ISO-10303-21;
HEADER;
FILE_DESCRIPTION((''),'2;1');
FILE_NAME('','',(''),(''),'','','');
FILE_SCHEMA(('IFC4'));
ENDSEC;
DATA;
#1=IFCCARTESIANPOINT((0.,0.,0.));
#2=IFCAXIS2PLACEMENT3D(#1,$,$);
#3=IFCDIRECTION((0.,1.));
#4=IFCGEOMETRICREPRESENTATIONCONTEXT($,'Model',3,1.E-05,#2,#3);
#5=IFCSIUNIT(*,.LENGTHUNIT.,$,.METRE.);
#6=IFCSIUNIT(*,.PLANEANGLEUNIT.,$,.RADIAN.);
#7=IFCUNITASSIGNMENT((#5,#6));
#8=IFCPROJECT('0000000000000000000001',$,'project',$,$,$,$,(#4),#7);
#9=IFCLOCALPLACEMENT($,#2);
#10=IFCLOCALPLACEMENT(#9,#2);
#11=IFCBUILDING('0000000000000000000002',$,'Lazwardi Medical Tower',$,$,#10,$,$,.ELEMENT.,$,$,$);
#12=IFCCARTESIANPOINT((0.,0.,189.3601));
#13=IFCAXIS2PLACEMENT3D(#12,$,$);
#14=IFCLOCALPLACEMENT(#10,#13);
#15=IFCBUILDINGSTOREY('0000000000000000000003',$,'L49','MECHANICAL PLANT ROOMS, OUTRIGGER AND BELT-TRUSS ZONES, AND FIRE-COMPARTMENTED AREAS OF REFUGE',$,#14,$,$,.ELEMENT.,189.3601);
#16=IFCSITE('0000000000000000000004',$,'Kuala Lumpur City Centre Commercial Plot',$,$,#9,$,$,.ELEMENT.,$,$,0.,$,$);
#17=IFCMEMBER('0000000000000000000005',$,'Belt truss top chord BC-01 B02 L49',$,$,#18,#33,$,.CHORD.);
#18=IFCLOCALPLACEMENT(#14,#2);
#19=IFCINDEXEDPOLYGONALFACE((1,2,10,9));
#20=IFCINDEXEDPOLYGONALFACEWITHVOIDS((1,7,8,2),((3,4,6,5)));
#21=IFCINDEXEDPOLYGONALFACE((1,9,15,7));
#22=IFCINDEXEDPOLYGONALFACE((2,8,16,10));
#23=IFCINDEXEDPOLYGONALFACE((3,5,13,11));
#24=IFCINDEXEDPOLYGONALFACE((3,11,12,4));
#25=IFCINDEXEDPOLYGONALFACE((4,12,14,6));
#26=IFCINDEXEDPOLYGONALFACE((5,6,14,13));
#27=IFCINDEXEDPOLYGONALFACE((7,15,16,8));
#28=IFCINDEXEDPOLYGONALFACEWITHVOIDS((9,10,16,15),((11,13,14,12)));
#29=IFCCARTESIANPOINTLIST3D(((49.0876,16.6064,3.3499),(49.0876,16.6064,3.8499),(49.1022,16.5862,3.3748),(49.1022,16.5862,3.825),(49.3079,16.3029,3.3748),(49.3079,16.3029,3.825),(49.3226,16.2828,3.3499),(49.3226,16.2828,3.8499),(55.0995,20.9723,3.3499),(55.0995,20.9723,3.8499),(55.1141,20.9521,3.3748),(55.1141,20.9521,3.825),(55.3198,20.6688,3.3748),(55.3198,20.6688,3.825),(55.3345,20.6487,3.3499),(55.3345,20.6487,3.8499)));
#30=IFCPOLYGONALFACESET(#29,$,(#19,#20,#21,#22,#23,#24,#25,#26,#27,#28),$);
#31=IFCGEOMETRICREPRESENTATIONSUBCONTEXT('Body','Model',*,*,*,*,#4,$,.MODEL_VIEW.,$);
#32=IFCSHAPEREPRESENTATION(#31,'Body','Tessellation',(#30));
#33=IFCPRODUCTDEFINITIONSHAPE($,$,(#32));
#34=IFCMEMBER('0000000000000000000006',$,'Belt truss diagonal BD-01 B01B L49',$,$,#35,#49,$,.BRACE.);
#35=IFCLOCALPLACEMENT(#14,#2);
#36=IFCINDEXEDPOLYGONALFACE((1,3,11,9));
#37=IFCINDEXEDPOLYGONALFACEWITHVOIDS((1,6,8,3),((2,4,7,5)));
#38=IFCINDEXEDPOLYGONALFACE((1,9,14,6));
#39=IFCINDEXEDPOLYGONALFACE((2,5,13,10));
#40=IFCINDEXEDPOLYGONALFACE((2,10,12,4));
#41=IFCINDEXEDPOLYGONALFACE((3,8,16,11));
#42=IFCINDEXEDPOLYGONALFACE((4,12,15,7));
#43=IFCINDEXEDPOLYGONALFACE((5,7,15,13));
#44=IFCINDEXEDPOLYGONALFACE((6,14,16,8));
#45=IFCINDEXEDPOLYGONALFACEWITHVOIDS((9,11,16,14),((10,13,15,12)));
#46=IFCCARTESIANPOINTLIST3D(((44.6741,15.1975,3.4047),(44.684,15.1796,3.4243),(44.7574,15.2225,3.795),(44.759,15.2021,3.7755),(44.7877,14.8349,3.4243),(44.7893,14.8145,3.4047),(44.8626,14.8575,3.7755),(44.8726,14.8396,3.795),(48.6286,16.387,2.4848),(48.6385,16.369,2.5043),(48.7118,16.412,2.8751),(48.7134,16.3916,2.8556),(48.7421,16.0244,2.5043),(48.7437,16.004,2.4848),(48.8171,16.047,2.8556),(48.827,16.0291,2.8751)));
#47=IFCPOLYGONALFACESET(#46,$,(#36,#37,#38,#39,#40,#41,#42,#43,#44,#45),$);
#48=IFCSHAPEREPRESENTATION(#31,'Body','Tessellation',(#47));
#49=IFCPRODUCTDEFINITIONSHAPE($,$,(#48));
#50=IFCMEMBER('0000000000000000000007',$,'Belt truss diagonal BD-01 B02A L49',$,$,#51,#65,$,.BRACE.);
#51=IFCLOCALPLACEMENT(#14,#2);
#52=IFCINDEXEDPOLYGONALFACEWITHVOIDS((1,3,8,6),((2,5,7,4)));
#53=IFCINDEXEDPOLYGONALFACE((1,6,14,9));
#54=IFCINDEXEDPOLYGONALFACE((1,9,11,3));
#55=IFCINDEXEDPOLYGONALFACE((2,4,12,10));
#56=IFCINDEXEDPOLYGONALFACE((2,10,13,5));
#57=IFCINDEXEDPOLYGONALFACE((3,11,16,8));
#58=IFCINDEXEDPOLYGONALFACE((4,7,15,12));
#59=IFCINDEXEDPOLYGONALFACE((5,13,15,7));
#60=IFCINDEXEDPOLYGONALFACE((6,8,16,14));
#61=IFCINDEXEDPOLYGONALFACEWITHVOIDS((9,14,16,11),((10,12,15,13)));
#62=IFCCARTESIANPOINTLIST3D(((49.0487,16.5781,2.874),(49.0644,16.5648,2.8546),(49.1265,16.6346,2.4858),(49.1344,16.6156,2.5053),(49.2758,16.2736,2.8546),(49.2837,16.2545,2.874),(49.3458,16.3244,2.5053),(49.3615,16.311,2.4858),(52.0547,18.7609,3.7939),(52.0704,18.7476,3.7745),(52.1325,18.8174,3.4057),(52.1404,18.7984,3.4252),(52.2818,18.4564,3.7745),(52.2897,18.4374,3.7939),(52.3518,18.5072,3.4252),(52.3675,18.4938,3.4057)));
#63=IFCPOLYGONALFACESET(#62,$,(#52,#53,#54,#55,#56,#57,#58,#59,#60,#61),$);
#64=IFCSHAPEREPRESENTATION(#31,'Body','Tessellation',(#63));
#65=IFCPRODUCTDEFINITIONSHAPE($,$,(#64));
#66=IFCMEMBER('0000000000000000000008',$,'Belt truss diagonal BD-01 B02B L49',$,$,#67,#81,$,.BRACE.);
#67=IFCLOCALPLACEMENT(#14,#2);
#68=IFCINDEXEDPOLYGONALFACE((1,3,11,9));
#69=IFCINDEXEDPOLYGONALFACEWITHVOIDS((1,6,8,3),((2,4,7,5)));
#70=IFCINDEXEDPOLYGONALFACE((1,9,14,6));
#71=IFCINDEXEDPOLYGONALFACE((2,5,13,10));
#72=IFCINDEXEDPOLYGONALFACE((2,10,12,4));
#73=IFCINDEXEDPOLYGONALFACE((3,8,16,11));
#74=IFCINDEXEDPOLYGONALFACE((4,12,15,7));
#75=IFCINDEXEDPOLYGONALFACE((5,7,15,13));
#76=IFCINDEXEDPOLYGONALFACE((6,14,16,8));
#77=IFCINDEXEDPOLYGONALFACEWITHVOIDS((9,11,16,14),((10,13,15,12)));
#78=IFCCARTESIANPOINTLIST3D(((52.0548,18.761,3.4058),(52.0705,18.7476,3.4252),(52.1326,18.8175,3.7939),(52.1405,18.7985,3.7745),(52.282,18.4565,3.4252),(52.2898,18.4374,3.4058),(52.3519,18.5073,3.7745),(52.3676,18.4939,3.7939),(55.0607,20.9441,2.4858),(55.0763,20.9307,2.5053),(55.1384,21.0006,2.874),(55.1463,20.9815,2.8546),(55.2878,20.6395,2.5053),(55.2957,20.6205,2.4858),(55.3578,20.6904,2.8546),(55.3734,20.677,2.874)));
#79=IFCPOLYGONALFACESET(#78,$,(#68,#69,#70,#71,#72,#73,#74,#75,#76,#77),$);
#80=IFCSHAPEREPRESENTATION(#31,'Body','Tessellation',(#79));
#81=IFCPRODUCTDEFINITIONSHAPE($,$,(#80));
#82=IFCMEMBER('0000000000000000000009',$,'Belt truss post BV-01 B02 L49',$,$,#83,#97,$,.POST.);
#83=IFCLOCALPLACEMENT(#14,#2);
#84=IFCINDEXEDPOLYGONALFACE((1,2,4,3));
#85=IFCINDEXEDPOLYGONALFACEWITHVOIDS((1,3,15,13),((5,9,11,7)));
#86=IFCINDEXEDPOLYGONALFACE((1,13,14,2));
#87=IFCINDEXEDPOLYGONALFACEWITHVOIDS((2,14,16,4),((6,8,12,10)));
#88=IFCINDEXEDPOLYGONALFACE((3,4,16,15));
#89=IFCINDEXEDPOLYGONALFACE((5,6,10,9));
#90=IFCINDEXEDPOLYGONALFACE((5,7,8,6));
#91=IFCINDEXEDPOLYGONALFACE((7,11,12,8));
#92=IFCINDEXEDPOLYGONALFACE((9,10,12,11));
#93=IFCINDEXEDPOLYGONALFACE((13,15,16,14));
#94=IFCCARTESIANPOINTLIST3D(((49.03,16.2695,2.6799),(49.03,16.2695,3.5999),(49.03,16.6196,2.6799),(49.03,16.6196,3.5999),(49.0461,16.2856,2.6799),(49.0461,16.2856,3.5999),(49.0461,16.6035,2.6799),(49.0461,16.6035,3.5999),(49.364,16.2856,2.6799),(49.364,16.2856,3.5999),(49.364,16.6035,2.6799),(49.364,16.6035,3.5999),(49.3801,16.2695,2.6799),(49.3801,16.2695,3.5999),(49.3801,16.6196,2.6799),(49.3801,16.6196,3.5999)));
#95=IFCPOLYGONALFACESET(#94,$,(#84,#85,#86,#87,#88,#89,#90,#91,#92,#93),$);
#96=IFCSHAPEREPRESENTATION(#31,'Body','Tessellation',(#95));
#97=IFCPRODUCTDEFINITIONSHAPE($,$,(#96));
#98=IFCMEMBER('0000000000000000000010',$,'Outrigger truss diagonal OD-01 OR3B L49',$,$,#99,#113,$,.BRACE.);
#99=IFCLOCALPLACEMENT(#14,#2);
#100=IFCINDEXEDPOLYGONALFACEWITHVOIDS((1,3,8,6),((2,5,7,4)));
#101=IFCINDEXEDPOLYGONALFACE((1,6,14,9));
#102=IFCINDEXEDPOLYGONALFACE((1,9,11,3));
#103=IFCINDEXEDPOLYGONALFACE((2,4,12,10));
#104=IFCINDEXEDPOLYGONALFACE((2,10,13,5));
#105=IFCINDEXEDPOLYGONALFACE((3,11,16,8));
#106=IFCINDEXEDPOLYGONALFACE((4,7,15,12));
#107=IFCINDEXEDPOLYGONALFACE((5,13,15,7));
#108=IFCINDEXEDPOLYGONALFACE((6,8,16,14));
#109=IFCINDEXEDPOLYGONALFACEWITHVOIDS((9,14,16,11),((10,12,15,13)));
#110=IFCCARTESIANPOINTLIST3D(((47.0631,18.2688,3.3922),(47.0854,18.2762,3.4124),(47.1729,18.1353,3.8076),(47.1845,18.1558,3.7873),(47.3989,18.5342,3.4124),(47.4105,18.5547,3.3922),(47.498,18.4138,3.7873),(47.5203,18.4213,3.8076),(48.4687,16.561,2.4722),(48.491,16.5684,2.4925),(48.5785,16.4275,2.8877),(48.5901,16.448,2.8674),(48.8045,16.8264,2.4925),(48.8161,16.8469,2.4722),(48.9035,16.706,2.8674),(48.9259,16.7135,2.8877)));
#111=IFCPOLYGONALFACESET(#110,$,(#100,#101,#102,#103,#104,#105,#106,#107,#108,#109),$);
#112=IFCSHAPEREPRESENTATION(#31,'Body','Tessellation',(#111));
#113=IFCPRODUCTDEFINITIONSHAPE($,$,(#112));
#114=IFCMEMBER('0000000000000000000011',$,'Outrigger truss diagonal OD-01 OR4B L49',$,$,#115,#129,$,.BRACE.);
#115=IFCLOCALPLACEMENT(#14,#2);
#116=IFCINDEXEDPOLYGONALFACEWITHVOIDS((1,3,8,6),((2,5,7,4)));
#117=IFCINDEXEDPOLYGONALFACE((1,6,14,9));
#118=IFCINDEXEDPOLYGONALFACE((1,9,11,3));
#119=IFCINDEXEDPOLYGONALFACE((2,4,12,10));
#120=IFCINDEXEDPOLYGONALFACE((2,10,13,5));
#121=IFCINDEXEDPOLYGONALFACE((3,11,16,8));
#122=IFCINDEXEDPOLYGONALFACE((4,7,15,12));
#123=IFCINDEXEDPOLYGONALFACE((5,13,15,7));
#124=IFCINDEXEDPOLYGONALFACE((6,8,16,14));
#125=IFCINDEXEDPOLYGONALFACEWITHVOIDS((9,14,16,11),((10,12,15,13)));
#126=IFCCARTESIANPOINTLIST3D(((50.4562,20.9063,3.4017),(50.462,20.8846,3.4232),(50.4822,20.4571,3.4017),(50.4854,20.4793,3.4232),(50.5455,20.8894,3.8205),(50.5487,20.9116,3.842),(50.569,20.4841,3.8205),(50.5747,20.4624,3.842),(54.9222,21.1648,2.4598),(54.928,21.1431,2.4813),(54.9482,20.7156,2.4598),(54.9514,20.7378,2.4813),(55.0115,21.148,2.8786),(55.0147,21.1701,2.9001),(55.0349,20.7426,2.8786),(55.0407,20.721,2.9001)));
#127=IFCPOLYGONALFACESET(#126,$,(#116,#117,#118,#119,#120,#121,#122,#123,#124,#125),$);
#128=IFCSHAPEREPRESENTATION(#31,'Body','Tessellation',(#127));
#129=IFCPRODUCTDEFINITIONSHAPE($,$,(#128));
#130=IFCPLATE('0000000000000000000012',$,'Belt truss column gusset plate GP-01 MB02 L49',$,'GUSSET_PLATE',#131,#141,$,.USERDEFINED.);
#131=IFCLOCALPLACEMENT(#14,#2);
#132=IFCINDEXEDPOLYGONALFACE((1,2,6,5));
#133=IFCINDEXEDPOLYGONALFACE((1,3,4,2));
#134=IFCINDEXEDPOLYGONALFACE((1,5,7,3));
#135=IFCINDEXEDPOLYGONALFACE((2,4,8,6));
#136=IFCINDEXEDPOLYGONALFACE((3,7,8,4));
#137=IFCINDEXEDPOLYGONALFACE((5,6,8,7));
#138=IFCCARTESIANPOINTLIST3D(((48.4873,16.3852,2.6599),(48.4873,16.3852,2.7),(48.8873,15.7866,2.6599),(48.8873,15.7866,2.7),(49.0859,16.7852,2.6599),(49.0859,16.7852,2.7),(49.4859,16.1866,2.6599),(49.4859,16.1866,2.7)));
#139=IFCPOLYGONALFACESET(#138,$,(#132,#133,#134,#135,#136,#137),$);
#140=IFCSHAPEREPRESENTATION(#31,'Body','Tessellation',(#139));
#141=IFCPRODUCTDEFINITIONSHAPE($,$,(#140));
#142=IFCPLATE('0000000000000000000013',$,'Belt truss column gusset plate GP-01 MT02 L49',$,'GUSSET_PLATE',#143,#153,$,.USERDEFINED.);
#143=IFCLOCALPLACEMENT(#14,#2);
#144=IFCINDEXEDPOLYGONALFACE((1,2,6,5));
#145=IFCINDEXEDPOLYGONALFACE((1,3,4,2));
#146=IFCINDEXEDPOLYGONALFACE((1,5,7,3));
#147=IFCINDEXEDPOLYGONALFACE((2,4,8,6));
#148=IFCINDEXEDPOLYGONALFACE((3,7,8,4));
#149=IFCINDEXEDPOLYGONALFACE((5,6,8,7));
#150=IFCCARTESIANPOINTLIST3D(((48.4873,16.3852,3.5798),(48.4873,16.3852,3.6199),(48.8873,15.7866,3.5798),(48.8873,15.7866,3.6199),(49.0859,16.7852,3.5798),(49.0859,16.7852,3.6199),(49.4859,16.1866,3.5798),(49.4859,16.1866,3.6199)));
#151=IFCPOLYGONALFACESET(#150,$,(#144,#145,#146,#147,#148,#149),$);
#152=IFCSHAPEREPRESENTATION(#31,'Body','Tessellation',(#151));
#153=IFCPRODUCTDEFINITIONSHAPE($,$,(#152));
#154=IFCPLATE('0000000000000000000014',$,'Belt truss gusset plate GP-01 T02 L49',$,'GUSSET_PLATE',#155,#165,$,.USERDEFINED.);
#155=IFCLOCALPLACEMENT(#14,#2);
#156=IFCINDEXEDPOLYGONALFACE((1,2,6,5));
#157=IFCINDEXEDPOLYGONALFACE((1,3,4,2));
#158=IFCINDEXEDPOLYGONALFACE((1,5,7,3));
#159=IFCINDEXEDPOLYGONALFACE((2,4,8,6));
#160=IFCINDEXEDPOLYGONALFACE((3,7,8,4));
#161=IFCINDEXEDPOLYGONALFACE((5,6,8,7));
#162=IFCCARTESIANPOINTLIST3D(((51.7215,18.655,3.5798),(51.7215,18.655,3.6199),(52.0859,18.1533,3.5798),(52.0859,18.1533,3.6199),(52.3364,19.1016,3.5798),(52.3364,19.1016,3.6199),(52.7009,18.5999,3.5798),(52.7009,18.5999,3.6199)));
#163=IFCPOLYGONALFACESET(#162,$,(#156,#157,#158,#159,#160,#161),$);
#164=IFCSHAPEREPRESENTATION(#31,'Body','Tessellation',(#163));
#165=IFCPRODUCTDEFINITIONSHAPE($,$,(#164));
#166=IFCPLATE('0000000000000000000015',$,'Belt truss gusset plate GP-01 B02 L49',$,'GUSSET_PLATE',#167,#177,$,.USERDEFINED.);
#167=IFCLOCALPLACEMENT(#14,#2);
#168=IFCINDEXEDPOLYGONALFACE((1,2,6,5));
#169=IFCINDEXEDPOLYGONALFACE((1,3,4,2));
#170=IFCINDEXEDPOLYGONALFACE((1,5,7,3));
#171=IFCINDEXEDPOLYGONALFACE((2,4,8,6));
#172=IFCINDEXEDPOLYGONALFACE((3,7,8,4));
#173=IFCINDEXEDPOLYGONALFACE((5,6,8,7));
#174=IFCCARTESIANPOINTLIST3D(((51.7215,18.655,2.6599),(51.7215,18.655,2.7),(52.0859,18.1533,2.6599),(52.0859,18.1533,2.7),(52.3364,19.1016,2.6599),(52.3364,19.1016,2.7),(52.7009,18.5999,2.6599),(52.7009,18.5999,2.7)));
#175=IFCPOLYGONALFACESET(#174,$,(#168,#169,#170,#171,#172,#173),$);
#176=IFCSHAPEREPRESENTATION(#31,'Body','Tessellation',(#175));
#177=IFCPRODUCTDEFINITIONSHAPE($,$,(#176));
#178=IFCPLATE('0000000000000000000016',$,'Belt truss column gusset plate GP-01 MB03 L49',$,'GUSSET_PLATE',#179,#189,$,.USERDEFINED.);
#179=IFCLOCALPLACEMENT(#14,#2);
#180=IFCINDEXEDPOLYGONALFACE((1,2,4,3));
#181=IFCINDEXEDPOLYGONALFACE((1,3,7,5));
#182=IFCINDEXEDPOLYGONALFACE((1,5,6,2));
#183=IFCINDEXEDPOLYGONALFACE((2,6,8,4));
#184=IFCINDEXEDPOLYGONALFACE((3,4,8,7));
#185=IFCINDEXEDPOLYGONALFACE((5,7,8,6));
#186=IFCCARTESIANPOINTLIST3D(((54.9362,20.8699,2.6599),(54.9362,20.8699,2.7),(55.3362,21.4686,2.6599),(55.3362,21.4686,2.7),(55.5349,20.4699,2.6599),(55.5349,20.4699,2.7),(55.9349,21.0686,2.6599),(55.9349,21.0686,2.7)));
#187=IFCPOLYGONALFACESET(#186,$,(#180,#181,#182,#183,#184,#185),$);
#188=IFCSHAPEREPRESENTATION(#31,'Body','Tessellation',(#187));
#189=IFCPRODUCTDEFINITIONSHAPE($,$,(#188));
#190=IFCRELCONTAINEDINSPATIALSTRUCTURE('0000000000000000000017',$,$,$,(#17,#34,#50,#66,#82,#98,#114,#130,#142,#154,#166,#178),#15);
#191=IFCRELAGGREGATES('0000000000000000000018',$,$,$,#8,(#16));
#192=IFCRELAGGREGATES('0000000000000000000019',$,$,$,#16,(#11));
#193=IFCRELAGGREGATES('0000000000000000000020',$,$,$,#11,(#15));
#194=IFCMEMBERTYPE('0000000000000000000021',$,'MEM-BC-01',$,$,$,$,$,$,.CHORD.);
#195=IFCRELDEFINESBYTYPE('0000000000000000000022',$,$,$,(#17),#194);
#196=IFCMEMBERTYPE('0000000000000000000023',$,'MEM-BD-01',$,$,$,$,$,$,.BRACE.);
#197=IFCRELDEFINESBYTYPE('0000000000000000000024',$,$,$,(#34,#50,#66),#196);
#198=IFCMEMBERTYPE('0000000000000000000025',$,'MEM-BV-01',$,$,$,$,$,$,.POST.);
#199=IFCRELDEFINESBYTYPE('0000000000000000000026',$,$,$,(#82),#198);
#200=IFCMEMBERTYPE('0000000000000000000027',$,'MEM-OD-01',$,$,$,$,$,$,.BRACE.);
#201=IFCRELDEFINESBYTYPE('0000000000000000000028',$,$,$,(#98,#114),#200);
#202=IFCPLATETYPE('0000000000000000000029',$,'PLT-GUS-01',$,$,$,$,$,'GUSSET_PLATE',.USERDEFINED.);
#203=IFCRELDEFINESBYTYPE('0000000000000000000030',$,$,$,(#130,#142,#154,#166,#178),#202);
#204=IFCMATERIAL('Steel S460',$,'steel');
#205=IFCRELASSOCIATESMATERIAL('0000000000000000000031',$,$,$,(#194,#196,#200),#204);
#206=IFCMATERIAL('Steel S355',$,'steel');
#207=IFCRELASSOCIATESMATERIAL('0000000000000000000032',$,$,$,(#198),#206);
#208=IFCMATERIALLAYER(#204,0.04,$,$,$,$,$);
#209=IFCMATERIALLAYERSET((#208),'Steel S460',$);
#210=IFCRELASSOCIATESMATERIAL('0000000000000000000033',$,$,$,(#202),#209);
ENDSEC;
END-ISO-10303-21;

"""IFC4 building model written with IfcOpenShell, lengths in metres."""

from ifc_helpers import new_model, si_unit, direction, frame, origin, origin_2d, place, context, subcontext, project, spatial, rectangle, hollow_rectangle, extrude, material, layer, layer_set, material_profile, profile_set, type_object, element, save


model = new_model("IFC4")

# Units and contexts
model_context = context("Model", 3, precision=1e-05, world=origin(), true_north=direction((0.0, 1.0)))
body_context = subcontext(model_context, "Body", "Model", "MODEL_VIEW")
ifc_project = project(units=[si_unit("LENGTHUNIT", "METRE"), si_unit("PLANEANGLEUNIT", "RADIAN")], contexts=[model_context])

# Site, building, storey
site_placement = place(None, origin())
site = spatial("IfcSite", under=ifc_project, at=site_placement, Name="Kuala Lumpur City Centre Commercial Plot", CompositionType="ELEMENT", RefElevation=0.0)
building_placement = place(site_placement, origin())
building = spatial("IfcBuilding", under=site, at=building_placement, Name="Lazwardi Medical Tower", CompositionType="ELEMENT")
storey_placement = place(building_placement, frame((0.0, 0.0, 189.3601)))
storey = spatial("IfcBuildingStorey", under=building, at=storey_placement, Name="L49", Description="MECHANICAL PLANT ROOMS, OUTRIGGER AND BELT-TRUSS ZONES, AND FIRE-COMPARTMENTED AREAS OF REFUGE", CompositionType="ELEMENT", Elevation=189.3601)

# Shared definitions
ifc_material_1 = material(Name="Steel S355", Category="steel")
ifc_material_2 = material(Name="Steel S460", Category="steel")

# Members
ifc_material_profile_1 = material_profile(ifc_material_2, hollow_rectangle(XDim=0.3999, YDim=0.5, WallThickness=0.0249, at=origin_2d()), Name="RHS 500x400x25")
ifc_profile_set_1 = profile_set([ifc_material_profile_1], Name="Steel S460")
member_type_1 = type_object("IfcMemberType", Name="MEM-BC-01", PredefinedType="CHORD", material=ifc_profile_set_1)
for number, where, z_axis, x_axis, name in (
    (1, (49.2051, 16.4446, 3.5999), (0.809144, 0.587611, 0.0), (-0.587611, 0.809144, 0.0), "Belt truss top chord BC-01 B02 L49"),
):
    element("IfcMember", number, at=place(storey_placement, frame(where, z_axis=z_axis, x_axis=x_axis)), inside=storey, type_object=member_type_1, Name=name, PredefinedType="CHORD", context=body_context, shape_type="SweptSolid", body=[
        extrude(hollow_rectangle(XDim=0.3999, YDim=0.5, WallThickness=0.0249, at=origin_2d()), origin(), (0.0, 0.0, 1.0), 7.4299),
    ])
ifc_material_profile_2 = material_profile(ifc_material_2, hollow_rectangle(XDim=0.3999, YDim=0.3999, WallThickness=0.02, at=origin_2d()), Name="RHS 400x400x20")
ifc_profile_set_2 = profile_set([ifc_material_profile_2], Name="Steel S460")
member_type_2 = type_object("IfcMemberType", Name="MEM-BD-01", PredefinedType="BRACE", material=ifc_profile_set_2)
member_1_placement = place(storey_placement, frame((48.7278, 16.208, 2.6799), z_axis=(-0.934703, -0.281155, 0.217445), x_axis=(0.288048, -0.957616, 0.0)))
element("IfcMember", 2, at=member_1_placement, inside=storey, type_object=member_type_2, Name="Belt truss diagonal BD-01 B01B L49", PredefinedType="BRACE", context=body_context, shape_type="SweptSolid", body=[
    extrude(hollow_rectangle(XDim=0.3999, YDim=0.3999, WallThickness=0.02, at=origin_2d()), origin(), (0.0, 0.0, 1.0), 4.2307),
])
for number, where, z_axis, x_axis, name in (
    (3, (49.2051, 16.4446, 2.6799), (0.785449, 0.570348, 0.240361), (-0.587574, 0.809171, 0.0), "Belt truss diagonal BD-01 B02A L49"),
    (4, (55.217, 20.8105, 2.6799), (-0.785396, -0.57042, 0.240365), (0.587648, -0.809117, 0.0), "Belt truss diagonal BD-01 B02B L49"),
):
    element("IfcMember", number, at=place(storey_placement, frame(where, z_axis=z_axis, x_axis=x_axis)), inside=storey, type_object=member_type_2, Name=name, PredefinedType="BRACE", context=body_context, shape_type="SweptSolid", body=[
        extrude(hollow_rectangle(XDim=0.3999, YDim=0.3999, WallThickness=0.02, at=origin_2d()), origin(), (0.0, 0.0, 1.0), 3.8271),
    ])
ifc_material_profile_3 = material_profile(ifc_material_1, hollow_rectangle(XDim=0.3501, YDim=0.3501, WallThickness=0.0161, at=origin_2d()), Name="RHS 350x350x16")
ifc_profile_set_3 = profile_set([ifc_material_profile_3], Name="Steel S355")
member_type_3 = type_object("IfcMemberType", Name="MEM-BV-01", PredefinedType="POST", material=ifc_profile_set_3)
member_2_placement = place(storey_placement, frame((49.2051, 16.4446, 2.6799), z_axis=(0.0, 0.0, 1.0), x_axis=(1.0, 0.0, 0.0)))
element("IfcMember", 5, at=member_2_placement, inside=storey, type_object=member_type_3, Name="Belt truss post BV-01 B02 L49", PredefinedType="POST", context=body_context, shape_type="SweptSolid", body=[
    extrude(hollow_rectangle(XDim=0.3501, YDim=0.3501, WallThickness=0.0161, at=origin_2d()), origin(), (0.0, 0.0, 1.0), 0.9199),
])
ifc_material_profile_4 = material_profile(ifc_material_2, hollow_rectangle(XDim=0.45, YDim=0.45, WallThickness=0.022, at=origin_2d()), Name="RHS 450x450x22")
ifc_profile_set_4 = profile_set([ifc_material_profile_4], Name="Steel S460")
member_type_4 = type_object("IfcMemberType", Name="MEM-OD-01", PredefinedType="BRACE", material=ifc_profile_set_4)
member_3_placement = place(storey_placement, frame((48.6973, 16.6372, 2.6799), z_axis=(-0.586744, 0.712919, 0.384028), x_axis=(-0.772125, -0.635471, 0.0)))
element("IfcMember", 6, at=member_3_placement, inside=storey, type_object=member_type_4, Name="Outrigger truss diagonal OD-01 OR3B L49", PredefinedType="BRACE", context=body_context, shape_type="SweptSolid", body=[
    extrude(hollow_rectangle(XDim=0.45, YDim=0.45, WallThickness=0.022, at=origin_2d()), origin(), (0.0, 0.0, 1.0), 2.3955),
])
member_4_placement = place(storey_placement, frame((54.9814, 20.9429, 2.6799), z_axis=(-0.97691, -0.056554, 0.206031), x_axis=(0.057794, -0.998329, 0.0)))
element("IfcMember", 7, at=member_4_placement, inside=storey, type_object=member_type_4, Name="Outrigger truss diagonal OD-01 OR4B L49", PredefinedType="BRACE", context=body_context, shape_type="SweptSolid", body=[
    extrude(hollow_rectangle(XDim=0.45, YDim=0.45, WallThickness=0.022, at=origin_2d()), origin(), (0.0, 0.0, 1.0), 4.5715),
])

# Plates
ifc_layer_1 = layer(ifc_material_2, 0.04)
ifc_layer_set_1 = layer_set([ifc_layer_1], Name="Steel S460")
plate_type = type_object("IfcPlateType", Name="PLT-GUS-01", ElementType="GUSSET_PLATE", PredefinedType="USERDEFINED", material=ifc_layer_set_1)
for number, where, z_axis, x_axis, name in (
    (8, (48.9866, 16.2859, 2.6599), (0.0, 0.0, 1.0), (0.55557, -0.83147, 0.0), "Belt truss column gusset plate GP-01 MB02 L49"),
    (9, (48.9866, 16.2859, 3.5798), (0.0, 0.0, 1.0), (0.55557, -0.83147, 0.0), "Belt truss column gusset plate GP-01 MT02 L49"),
):
    element("IfcPlate", number, at=place(storey_placement, frame(where, z_axis=z_axis, x_axis=x_axis)), inside=storey, type_object=plate_type, Name=name, ObjectType="GUSSET_PLATE", PredefinedType="USERDEFINED", context=body_context, shape_type="SweptSolid", body=[
        extrude(rectangle(XDim=0.72, YDim=0.72, at=origin_2d()), origin(), (0.0, 0.0, 1.0), 0.04),
    ])
for number, where, z_axis, x_axis, name in (
    (10, (52.2112, 18.6274, 3.5798), (0.0, 0.0, 1.0), (0.80912, 0.587644, 0.0), "Belt truss gusset plate GP-01 T02 L49"),
    (11, (52.2112, 18.6274, 2.6599), (0.0, 0.0, 1.0), (0.80912, 0.587644, 0.0), "Belt truss gusset plate GP-01 B02 L49"),
):
    element("IfcPlate", number, at=place(storey_placement, frame(where, z_axis=z_axis, x_axis=x_axis)), inside=storey, type_object=plate_type, Name=name, ObjectType="GUSSET_PLATE", PredefinedType="USERDEFINED", context=body_context, shape_type="SweptSolid", body=[
        extrude(rectangle(XDim=0.76, YDim=0.6201, at=origin_2d()), origin(), (0.0, 0.0, 1.0), 0.04),
    ])
for number, where, z_axis, x_axis, name in (
    (12, (55.4355, 20.9692, 2.6599), (0.0, 0.0, 1.0), (0.83147, -0.55557, 0.0), "Belt truss column gusset plate GP-01 MB03 L49"),
):
    element("IfcPlate", number, at=place(storey_placement, frame(where, z_axis=z_axis, x_axis=x_axis)), inside=storey, type_object=plate_type, Name=name, ObjectType="GUSSET_PLATE", PredefinedType="USERDEFINED", context=body_context, shape_type="SweptSolid", body=[
        extrude(rectangle(XDim=0.72, YDim=0.72, at=origin_2d()), origin(), (0.0, 0.0, 1.0), 0.04),
    ])

save(model, "model.ifc")
